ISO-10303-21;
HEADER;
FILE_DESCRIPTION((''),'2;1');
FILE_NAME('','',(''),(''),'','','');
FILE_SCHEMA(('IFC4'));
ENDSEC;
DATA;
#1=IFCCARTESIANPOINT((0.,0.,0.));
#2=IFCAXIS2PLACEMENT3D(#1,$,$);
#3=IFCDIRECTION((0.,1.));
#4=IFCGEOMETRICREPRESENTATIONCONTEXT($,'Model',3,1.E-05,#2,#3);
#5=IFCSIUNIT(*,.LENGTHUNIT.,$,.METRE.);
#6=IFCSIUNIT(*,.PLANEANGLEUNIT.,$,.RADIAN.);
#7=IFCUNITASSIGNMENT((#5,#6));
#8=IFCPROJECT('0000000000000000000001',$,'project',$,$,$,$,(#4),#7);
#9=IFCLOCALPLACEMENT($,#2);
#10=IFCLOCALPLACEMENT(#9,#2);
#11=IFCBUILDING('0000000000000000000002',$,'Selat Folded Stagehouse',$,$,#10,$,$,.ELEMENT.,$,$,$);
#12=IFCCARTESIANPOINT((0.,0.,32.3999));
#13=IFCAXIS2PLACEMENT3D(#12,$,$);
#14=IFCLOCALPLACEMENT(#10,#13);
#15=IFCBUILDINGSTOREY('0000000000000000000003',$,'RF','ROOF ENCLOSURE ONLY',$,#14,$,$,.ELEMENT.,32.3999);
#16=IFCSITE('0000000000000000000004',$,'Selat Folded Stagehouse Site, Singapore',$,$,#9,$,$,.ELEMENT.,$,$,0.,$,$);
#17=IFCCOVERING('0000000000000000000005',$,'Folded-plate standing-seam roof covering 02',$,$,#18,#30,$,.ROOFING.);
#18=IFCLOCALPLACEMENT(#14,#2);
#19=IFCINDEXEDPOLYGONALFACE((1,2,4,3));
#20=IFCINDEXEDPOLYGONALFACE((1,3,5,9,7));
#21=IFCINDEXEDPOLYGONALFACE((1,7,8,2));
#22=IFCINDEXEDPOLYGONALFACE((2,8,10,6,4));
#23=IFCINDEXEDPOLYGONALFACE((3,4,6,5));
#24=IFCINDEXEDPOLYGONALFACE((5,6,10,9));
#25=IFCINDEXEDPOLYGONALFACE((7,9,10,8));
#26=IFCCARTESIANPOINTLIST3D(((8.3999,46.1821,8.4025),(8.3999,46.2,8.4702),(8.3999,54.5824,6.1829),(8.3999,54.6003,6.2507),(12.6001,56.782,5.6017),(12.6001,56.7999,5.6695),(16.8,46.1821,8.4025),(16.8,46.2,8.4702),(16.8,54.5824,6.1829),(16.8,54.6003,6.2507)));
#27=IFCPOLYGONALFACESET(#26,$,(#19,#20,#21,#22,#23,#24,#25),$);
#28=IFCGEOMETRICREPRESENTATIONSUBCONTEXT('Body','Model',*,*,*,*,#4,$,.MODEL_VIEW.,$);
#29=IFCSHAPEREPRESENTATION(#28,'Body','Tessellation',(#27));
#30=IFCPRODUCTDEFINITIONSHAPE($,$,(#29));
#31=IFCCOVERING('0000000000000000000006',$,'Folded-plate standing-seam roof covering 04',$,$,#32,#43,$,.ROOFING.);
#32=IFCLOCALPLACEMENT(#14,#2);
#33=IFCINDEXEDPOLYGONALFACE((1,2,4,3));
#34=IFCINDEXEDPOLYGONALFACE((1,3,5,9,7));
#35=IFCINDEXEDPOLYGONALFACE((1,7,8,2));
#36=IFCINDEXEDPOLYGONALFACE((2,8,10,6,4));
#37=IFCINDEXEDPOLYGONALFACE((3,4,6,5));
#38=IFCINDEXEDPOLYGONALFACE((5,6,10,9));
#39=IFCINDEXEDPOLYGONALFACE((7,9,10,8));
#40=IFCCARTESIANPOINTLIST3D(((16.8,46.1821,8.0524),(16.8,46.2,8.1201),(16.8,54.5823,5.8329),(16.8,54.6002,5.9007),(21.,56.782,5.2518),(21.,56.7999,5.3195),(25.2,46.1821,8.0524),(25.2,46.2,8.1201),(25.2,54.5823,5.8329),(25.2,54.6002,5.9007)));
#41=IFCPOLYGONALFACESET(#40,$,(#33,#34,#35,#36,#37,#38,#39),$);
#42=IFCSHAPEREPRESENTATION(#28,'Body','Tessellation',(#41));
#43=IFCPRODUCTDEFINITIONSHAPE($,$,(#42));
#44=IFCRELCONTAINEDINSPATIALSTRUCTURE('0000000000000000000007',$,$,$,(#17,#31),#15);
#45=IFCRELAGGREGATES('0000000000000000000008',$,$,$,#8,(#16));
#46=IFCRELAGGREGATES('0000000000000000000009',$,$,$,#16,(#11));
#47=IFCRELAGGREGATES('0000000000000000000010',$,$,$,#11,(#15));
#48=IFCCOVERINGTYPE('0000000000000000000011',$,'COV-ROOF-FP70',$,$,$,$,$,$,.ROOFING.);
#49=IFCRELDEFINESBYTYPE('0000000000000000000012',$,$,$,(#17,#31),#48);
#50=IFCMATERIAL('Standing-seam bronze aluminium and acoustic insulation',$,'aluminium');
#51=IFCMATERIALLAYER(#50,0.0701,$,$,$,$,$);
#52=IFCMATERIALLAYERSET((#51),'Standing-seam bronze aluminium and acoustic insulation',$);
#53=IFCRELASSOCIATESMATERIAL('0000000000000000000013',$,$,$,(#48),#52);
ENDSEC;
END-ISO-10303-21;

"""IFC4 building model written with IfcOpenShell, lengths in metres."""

from ifc_helpers import new_model, si_unit, direction, frame, origin, place, context, subcontext, project, spatial, polyline, outline, extrude, material, layer, layer_set, type_object, element, save


model = new_model("IFC4")

# Units and contexts
model_context = context("Model", 3, precision=1e-05, world=origin(), true_north=direction((0.0, 1.0)))
body_context = subcontext(model_context, "Body", "Model", "MODEL_VIEW")
ifc_project = project(units=[si_unit("LENGTHUNIT", "METRE"), si_unit("PLANEANGLEUNIT", "RADIAN")], contexts=[model_context])

# Site, building, storey
site_placement = place(None, origin())
site = spatial("IfcSite", under=ifc_project, at=site_placement, Name="Selat Folded Stagehouse Site, Singapore", CompositionType="ELEMENT", RefElevation=0.0)
building_placement = place(site_placement, origin())
building = spatial("IfcBuilding", under=site, at=building_placement, Name="Selat Folded Stagehouse", CompositionType="ELEMENT")
storey_placement = place(building_placement, frame((0.0, 0.0, 32.3999)))
storey = spatial("IfcBuildingStorey", under=building, at=storey_placement, Name="RF", Description="ROOF ENCLOSURE ONLY", CompositionType="ELEMENT", Elevation=32.3999)

# Coverings
ifc_material_1 = material(Name="Standing-seam bronze aluminium and acoustic insulation", Category="aluminium")
ifc_layer_1 = layer(ifc_material_1, 0.0701)
ifc_layer_set_1 = layer_set([ifc_layer_1], Name="Standing-seam bronze aluminium and acoustic insulation")
covering_type = type_object("IfcCoveringType", Name="COV-ROOF-FP70", PredefinedType="ROOFING", material=ifc_layer_set_1)
covering_1_placement = place(storey_placement, frame((8.3999, 46.2, 8.4702), z_axis=(0.0, 0.255454, 0.966821), x_axis=(1.0, 0.0, 0.0)))
element("IfcCovering", 1, at=covering_1_placement, inside=storey, type_object=covering_type, Name="Folded-plate standing-seam roof covering 02", PredefinedType="ROOFING", context=body_context, shape_type="SweptSolid", body=[
    extrude(outline(polyline([(0.0, 0.0), (8.4001, 0.0), (8.4001, 8.6886), (4.2002, 10.9637), (0.0, 8.6886), (0.0, 0.0)])), origin(), (0.0, 0.0, -1.0), 0.0701),
])
covering_2_placement = place(storey_placement, frame((16.8, 46.2, 8.1201), z_axis=(0.0, 0.255443, 0.966824), x_axis=(1.0, 0.0, 0.0)))
element("IfcCovering", 2, at=covering_2_placement, inside=storey, type_object=covering_type, Name="Folded-plate standing-seam roof covering 04", PredefinedType="ROOFING", context=body_context, shape_type="SweptSolid", body=[
    extrude(outline(polyline([(0.0, 0.0), (8.3999, 0.0), (8.3999, 8.6885), (4.2, 10.9637), (0.0, 8.6885), (0.0, 0.0)])), origin(), (0.0, 0.0, -1.0), 0.0701),
])

save(model, "model.ifc")
